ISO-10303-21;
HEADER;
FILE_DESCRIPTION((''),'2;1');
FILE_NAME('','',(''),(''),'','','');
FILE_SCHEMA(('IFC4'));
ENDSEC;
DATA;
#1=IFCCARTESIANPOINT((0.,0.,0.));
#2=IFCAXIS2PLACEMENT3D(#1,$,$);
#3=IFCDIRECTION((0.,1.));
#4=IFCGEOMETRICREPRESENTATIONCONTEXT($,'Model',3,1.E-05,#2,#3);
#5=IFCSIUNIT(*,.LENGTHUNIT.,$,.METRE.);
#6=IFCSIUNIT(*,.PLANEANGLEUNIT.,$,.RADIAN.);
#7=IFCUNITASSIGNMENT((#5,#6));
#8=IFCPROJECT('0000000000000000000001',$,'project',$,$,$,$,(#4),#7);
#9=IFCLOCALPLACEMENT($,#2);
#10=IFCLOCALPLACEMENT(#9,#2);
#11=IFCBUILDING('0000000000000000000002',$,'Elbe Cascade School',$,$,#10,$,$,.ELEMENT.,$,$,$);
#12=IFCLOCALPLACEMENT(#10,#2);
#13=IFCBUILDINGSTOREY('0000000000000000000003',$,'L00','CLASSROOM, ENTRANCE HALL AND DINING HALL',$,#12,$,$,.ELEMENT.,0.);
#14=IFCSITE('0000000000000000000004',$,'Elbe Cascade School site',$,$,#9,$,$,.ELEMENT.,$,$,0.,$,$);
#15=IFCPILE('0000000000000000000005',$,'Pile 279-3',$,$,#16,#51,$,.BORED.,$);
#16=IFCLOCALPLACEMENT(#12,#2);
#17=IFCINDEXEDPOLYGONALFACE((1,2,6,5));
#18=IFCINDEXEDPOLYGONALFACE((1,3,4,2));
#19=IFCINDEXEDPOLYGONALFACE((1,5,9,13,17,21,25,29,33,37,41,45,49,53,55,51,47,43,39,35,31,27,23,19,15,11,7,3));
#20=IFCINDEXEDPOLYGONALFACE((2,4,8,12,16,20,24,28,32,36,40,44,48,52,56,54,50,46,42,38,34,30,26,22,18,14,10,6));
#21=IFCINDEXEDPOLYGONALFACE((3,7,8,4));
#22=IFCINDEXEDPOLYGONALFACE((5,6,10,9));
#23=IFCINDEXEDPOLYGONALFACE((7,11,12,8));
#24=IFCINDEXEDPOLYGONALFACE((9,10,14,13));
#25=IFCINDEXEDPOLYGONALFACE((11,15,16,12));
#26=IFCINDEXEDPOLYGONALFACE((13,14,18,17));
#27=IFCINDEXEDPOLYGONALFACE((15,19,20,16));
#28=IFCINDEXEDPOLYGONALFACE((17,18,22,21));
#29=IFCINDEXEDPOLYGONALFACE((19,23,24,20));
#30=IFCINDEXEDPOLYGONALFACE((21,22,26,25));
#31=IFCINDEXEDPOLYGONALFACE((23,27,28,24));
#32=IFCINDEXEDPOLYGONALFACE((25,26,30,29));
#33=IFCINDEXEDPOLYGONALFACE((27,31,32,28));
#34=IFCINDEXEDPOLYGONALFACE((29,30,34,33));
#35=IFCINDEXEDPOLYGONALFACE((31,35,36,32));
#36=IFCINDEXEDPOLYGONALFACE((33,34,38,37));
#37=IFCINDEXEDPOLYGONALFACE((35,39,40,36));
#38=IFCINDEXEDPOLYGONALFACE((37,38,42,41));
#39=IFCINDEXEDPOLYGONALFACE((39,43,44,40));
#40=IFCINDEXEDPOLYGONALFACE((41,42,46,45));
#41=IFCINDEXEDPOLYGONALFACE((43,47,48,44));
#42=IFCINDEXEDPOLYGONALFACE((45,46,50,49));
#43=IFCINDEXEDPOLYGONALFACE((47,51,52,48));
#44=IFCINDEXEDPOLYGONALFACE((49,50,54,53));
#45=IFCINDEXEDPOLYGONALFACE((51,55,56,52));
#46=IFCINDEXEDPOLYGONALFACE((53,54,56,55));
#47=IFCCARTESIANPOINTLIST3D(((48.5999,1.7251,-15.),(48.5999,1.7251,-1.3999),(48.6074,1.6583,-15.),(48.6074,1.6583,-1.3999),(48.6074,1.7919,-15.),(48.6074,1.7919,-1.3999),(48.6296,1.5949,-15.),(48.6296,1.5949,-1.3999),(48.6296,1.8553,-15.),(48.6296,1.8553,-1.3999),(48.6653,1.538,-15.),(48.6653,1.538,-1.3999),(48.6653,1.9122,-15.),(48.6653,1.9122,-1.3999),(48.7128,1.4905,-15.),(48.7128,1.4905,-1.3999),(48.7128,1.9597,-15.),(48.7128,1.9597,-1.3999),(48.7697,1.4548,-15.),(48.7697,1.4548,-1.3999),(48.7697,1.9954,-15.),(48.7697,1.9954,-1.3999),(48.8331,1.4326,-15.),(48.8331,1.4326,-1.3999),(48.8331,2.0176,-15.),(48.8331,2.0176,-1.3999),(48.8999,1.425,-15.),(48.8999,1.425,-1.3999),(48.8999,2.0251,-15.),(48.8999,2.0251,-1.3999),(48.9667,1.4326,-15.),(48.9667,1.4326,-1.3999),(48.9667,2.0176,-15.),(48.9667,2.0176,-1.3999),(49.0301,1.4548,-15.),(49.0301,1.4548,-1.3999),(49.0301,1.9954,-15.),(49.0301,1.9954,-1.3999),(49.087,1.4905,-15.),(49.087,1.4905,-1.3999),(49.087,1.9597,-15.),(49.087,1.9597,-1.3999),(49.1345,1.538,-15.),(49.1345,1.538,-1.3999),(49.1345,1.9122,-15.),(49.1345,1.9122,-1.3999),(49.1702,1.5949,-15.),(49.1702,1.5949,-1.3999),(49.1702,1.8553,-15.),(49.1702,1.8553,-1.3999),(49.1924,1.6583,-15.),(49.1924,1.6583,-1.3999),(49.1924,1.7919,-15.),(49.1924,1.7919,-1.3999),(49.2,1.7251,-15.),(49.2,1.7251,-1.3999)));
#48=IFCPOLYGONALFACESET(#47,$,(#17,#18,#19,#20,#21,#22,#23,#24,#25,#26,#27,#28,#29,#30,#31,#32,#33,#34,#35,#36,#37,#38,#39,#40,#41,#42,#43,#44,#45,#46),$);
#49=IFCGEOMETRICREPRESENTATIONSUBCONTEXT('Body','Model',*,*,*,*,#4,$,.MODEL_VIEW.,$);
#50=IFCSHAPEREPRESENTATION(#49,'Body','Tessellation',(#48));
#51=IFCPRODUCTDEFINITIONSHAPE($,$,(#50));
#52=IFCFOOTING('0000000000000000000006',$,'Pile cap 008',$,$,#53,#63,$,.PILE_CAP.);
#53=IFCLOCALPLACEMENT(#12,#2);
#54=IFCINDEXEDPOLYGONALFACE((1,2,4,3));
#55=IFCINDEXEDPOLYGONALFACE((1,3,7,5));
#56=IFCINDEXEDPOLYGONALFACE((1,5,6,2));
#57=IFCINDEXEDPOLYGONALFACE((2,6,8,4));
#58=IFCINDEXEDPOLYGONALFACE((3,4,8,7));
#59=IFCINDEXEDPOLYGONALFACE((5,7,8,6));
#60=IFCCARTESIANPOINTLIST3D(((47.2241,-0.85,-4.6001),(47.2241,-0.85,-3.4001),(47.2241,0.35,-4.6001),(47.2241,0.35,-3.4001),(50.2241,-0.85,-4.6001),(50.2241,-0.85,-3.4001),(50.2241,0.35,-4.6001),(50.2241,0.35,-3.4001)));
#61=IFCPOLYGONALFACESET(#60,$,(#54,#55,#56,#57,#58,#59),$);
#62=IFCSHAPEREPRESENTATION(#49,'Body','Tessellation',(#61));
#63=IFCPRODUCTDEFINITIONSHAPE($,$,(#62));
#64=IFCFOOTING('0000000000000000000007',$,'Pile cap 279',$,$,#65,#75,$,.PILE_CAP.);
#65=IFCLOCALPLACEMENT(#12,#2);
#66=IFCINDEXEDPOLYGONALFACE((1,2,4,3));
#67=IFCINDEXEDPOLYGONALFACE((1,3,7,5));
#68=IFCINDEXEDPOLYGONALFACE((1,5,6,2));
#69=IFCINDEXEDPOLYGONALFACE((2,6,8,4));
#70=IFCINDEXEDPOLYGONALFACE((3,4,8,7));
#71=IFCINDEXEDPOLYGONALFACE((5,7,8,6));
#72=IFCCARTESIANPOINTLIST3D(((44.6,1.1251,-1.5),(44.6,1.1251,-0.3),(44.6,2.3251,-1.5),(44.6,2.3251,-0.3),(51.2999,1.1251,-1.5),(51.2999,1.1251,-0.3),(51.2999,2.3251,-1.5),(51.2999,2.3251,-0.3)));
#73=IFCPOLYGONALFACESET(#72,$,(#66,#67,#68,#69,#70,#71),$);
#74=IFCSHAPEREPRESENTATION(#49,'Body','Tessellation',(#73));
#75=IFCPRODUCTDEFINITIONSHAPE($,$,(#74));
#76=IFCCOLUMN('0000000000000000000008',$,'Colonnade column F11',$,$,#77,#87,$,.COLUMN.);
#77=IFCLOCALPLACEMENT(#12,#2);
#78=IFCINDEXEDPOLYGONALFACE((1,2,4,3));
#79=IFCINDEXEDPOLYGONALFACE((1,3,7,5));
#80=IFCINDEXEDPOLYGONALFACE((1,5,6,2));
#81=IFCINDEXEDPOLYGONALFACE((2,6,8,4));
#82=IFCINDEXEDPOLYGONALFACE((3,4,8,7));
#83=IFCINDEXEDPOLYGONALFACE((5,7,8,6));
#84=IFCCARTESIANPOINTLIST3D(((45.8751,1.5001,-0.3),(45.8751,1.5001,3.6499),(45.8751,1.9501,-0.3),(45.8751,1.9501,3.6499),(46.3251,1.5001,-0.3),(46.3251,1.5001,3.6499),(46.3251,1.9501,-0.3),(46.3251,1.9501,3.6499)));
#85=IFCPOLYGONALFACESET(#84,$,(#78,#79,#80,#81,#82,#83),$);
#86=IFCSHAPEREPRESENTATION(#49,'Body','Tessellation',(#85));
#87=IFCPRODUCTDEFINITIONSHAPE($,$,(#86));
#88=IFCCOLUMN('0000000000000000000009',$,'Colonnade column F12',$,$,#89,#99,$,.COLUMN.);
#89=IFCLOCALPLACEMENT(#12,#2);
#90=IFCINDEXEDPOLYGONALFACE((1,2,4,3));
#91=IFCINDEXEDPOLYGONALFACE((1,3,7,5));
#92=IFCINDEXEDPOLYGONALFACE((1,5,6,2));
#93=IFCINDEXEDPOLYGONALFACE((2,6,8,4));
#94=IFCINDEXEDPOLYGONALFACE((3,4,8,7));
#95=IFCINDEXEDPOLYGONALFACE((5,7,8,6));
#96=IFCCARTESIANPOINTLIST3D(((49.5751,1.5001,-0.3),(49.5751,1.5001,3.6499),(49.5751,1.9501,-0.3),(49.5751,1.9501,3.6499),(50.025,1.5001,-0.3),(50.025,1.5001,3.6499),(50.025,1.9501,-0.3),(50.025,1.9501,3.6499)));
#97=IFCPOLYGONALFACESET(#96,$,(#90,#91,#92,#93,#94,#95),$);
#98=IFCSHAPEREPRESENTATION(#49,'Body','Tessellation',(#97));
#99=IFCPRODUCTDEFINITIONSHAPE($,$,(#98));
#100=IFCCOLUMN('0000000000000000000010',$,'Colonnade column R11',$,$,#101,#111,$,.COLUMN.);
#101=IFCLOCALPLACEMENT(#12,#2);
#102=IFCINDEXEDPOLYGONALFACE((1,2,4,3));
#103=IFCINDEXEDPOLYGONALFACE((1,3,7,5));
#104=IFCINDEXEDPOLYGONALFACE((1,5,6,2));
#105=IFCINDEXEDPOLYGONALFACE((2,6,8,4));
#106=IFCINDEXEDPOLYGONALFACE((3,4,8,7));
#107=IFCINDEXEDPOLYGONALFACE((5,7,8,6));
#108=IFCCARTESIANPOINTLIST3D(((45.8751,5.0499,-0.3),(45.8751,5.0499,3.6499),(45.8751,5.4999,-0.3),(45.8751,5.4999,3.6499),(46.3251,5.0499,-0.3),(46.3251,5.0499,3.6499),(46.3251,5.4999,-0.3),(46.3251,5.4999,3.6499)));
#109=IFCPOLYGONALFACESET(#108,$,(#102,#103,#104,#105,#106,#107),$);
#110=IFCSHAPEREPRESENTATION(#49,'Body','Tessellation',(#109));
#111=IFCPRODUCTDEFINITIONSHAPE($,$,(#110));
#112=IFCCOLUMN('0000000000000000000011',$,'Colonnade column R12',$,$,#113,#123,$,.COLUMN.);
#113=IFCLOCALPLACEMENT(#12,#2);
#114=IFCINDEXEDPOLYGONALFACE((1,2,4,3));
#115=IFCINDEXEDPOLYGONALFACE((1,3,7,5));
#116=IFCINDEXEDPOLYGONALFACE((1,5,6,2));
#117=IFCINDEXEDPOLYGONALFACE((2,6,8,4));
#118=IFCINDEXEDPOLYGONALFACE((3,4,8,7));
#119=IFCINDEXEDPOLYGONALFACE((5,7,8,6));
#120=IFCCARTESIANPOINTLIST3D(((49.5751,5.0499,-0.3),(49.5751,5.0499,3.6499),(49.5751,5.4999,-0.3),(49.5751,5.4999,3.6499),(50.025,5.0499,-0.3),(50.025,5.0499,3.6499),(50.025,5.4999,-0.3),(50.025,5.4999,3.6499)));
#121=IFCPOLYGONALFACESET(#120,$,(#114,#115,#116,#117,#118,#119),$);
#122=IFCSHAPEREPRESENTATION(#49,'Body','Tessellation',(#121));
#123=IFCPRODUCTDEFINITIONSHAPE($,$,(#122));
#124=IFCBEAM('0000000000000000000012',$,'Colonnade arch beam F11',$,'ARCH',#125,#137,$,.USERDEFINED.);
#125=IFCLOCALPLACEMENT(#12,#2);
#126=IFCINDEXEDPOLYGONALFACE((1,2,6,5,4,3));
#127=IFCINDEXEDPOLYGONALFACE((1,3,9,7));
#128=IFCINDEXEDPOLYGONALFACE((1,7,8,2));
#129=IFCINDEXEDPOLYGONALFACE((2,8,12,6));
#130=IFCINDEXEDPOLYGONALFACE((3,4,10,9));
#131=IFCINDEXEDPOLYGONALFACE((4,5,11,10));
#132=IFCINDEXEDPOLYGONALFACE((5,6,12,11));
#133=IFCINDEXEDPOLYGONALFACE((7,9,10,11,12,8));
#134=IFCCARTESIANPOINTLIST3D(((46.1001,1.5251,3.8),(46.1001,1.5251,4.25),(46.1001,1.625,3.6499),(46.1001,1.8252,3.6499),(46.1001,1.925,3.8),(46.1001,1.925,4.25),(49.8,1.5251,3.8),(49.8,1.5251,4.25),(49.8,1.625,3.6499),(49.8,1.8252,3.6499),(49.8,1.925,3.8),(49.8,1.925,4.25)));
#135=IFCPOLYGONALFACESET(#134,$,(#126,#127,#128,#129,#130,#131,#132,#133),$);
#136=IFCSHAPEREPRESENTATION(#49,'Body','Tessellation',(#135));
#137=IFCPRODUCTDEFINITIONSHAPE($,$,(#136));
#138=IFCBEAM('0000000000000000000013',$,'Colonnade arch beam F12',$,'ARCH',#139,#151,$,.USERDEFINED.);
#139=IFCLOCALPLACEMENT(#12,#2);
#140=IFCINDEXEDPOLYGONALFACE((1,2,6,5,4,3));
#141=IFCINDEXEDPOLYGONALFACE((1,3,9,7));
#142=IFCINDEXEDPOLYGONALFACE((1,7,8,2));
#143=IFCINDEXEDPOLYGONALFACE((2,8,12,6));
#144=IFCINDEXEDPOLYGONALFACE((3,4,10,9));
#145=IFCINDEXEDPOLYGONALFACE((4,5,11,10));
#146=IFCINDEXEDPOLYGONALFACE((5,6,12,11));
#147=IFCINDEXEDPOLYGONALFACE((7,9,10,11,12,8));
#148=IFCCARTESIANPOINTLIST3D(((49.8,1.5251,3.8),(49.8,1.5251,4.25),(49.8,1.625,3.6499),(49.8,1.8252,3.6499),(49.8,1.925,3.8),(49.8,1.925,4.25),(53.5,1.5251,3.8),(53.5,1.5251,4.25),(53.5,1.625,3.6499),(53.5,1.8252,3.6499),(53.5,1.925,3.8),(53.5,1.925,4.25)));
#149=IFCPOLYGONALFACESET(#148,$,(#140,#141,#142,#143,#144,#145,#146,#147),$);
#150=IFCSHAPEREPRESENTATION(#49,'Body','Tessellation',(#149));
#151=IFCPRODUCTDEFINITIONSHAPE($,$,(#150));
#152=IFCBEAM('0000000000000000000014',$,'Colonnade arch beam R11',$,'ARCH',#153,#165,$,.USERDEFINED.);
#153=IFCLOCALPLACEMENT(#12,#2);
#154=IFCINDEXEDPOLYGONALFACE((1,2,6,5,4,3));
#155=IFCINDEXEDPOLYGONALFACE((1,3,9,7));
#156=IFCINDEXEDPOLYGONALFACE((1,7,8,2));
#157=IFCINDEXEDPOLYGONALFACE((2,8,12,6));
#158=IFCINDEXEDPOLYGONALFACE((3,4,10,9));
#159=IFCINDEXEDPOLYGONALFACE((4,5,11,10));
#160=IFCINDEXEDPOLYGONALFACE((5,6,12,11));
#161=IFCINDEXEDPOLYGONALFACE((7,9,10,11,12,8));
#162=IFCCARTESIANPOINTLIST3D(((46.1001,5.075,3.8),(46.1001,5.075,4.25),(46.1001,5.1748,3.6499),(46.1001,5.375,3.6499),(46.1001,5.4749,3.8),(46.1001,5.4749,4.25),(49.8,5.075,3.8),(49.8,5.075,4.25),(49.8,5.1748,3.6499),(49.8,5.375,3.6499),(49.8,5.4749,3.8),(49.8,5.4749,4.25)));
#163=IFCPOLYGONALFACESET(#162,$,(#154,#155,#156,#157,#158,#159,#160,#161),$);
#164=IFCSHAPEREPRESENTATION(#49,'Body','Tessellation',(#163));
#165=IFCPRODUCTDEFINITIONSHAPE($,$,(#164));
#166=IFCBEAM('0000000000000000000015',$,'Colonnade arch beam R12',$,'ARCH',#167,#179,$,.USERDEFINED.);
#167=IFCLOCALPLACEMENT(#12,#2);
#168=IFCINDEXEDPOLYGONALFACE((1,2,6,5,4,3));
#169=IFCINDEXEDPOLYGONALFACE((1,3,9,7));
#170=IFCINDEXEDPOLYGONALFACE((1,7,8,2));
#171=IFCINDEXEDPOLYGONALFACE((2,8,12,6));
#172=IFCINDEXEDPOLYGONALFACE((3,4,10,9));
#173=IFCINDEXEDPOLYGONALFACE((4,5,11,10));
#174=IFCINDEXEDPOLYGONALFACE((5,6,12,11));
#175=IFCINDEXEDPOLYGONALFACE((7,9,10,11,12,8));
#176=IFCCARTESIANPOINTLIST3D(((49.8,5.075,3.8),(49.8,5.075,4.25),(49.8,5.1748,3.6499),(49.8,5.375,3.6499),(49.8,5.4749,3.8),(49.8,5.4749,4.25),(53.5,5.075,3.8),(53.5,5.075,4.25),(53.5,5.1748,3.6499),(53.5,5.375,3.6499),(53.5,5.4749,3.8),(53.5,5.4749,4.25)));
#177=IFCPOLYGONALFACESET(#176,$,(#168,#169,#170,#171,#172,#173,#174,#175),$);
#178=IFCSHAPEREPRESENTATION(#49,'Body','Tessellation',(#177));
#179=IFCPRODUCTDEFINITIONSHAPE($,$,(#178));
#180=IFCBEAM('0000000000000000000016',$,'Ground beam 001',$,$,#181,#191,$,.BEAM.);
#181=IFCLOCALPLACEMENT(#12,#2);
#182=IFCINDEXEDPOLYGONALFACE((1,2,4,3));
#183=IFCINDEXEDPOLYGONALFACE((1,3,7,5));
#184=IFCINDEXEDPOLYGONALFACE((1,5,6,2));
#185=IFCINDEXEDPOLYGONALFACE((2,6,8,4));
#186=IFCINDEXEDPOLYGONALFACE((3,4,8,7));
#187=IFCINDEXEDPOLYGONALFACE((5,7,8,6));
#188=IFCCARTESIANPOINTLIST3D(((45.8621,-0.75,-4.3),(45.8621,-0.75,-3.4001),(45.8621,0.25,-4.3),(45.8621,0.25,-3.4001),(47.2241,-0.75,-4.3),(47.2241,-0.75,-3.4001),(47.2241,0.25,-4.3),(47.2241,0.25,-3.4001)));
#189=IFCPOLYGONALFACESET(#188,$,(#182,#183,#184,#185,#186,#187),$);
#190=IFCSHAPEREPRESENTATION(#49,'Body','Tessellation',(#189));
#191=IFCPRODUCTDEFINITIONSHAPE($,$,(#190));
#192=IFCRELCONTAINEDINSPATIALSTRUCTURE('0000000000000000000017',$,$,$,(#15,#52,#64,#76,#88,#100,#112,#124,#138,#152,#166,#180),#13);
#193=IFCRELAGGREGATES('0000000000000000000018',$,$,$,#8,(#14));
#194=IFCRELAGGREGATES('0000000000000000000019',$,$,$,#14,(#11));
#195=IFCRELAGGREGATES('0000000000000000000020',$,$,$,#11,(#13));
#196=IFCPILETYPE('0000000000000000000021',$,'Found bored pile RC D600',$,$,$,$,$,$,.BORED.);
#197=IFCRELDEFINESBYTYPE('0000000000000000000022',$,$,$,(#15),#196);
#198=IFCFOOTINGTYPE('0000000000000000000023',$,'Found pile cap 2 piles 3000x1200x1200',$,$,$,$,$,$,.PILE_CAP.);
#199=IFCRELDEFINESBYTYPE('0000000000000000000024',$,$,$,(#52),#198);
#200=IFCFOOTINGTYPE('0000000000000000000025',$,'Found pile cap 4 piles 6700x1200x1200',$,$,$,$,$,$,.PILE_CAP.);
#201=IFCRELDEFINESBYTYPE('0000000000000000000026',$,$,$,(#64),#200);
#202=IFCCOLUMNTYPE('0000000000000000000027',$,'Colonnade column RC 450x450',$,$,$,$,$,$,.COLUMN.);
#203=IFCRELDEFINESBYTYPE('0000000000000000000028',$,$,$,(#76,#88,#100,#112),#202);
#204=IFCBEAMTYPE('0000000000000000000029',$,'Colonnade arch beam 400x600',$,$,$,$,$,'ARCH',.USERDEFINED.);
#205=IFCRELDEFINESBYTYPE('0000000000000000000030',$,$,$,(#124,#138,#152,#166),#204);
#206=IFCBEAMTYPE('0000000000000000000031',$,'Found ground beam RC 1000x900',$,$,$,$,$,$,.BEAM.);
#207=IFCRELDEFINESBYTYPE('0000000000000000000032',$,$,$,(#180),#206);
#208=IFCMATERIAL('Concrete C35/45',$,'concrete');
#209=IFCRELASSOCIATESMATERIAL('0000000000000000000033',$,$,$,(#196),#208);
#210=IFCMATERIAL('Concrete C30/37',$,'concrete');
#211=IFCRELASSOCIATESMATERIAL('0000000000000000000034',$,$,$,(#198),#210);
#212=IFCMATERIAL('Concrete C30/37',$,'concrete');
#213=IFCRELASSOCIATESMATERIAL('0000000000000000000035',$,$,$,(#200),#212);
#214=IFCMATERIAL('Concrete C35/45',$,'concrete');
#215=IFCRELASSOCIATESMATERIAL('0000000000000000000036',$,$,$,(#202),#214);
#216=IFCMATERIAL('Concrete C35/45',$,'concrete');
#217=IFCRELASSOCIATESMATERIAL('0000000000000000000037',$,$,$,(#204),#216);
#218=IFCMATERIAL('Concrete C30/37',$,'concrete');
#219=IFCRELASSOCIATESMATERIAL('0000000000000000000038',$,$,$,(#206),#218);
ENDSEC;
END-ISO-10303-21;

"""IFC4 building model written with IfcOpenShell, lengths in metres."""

from ifc_helpers import new_model, si_unit, direction, frame, origin, origin_2d, place, context, subcontext, project, spatial, polyline, rectangle, circle, outline, extrude, material, material_profile, profile_set, type_object, element, save


model = new_model("IFC4")

# Units and contexts
model_context = context("Model", 3, precision=1e-05, world=origin(), true_north=direction((0.0, 1.0)))
body_context = subcontext(model_context, "Body", "Model", "MODEL_VIEW")
ifc_project = project(units=[si_unit("LENGTHUNIT", "METRE"), si_unit("PLANEANGLEUNIT", "RADIAN")], contexts=[model_context])

# Site, building, storey
site_placement = place(None, origin())
site = spatial("IfcSite", under=ifc_project, at=site_placement, Name="Elbe Cascade School site", CompositionType="ELEMENT", RefElevation=0.0)
building_placement = place(site_placement, origin())
building = spatial("IfcBuilding", under=site, at=building_placement, Name="Elbe Cascade School", CompositionType="ELEMENT")
storey_placement = place(building_placement, origin())
storey = spatial("IfcBuildingStorey", under=building, at=storey_placement, Name="L00", Description="CLASSROOM, ENTRANCE HALL AND DINING HALL", CompositionType="ELEMENT", Elevation=0.0)

# Pile
ifc_material_1 = material(Name="Concrete C35/45", Category="concrete")
ifc_material_profile_1 = material_profile(ifc_material_1, circle(Radius=0.3, at=origin_2d()), Name="RC D600")
ifc_profile_set_1 = profile_set([ifc_material_profile_1], Name="Concrete C35/45")
pile_type = type_object("IfcPileType", Name="Found bored pile RC D600", PredefinedType="BORED", material=ifc_profile_set_1)
for number, where, z_axis, x_axis, name in (
    (1, (48.8999, 1.7251, -1.3999), (0.0, 0.0, -1.0), (1.0, 0.0, 0.0), "Pile 279-3"),
):
    element("IfcPile", number, at=place(storey_placement, frame(where, z_axis=z_axis, x_axis=x_axis)), inside=storey, type_object=pile_type, Name=name, PredefinedType="BORED", context=body_context, shape_type="SweptSolid", body=[
        extrude(circle(Radius=0.3, at=origin_2d()), origin(), (0.0, 0.0, 1.0), 13.6001),
    ])

# Footings
ifc_material_2 = material(Name="Concrete C30/37", Category="concrete")
footing_type_1 = type_object("IfcFootingType", Name="Found pile cap 2 piles 3000x1200x1200", PredefinedType="PILE_CAP", material=ifc_material_2)
footing_1_placement = place(storey_placement, frame((48.7241, -0.25, -4.6001), z_axis=(0.0, 0.0, 1.0), x_axis=(1.0, 0.0, 0.0)))
element("IfcFooting", 2, at=footing_1_placement, inside=storey, type_object=footing_type_1, Name="Pile cap 008", PredefinedType="PILE_CAP", context=body_context, shape_type="SweptSolid", body=[
    extrude(rectangle(XDim=3.0, YDim=1.2, at=origin_2d()), origin(), (0.0, 0.0, 1.0), 1.2),
])
ifc_material_3 = material(Name="Concrete C30/37", Category="concrete")
footing_type_2 = type_object("IfcFootingType", Name="Found pile cap 4 piles 6700x1200x1200", PredefinedType="PILE_CAP", material=ifc_material_3)
footing_2_placement = place(storey_placement, frame((47.95, 1.7251, -1.5), z_axis=(0.0, 0.0, 1.0), x_axis=(1.0, 0.0, 0.0)))
element("IfcFooting", 3, at=footing_2_placement, inside=storey, type_object=footing_type_2, Name="Pile cap 279", PredefinedType="PILE_CAP", context=body_context, shape_type="SweptSolid", body=[
    extrude(rectangle(XDim=6.7, YDim=1.2, at=origin_2d()), origin(), (0.0, 0.0, 1.0), 1.2),
])

# Columns
ifc_material_4 = material(Name="Concrete C35/45", Category="concrete")
ifc_material_profile_2 = material_profile(ifc_material_4, rectangle(XDim=0.45, YDim=0.45, at=origin_2d()), Name="RC 450x450")
ifc_profile_set_2 = profile_set([ifc_material_profile_2], Name="Concrete C35/45")
column_type = type_object("IfcColumnType", Name="Colonnade column RC 450x450", PredefinedType="COLUMN", material=ifc_profile_set_2)
for number, where, z_axis, x_axis, name in (
    (4, (46.1001, 1.7251, -0.3), (0.0, 0.0, 1.0), (1.0, 0.0, 0.0), "Colonnade column F11"),
    (5, (49.8, 1.7251, -0.3), (0.0, 0.0, 1.0), (1.0, 0.0, 0.0), "Colonnade column F12"),
    (6, (46.1001, 5.2749, -0.3), (0.0, 0.0, 1.0), (1.0, 0.0, 0.0), "Colonnade column R11"),
    (7, (49.8, 5.2749, -0.3), (0.0, 0.0, 1.0), (1.0, 0.0, 0.0), "Colonnade column R12"),
):
    element("IfcColumn", number, at=place(storey_placement, frame(where, z_axis=z_axis, x_axis=x_axis)), inside=storey, type_object=column_type, Name=name, PredefinedType="COLUMN", context=body_context, shape_type="SweptSolid", body=[
        extrude(rectangle(XDim=0.45, YDim=0.45, at=origin_2d()), origin(), (0.0, 0.0, 1.0), 3.95),
    ])

# Beams
ifc_material_5 = material(Name="Concrete C35/45", Category="concrete")
ifc_material_profile_3 = material_profile(ifc_material_5, outline(polyline([(-0.2, 0.3), (0.2, 0.3), (0.2, -0.1499), (0.1001, -0.3), (-0.1001, -0.3), (-0.2, -0.1499), (-0.2, 0.3)])), Name="RC arch 400x600")
ifc_profile_set_3 = profile_set([ifc_material_profile_3], Name="Concrete C35/45")
beam_type_1 = type_object("IfcBeamType", Name="Colonnade arch beam 400x600", ElementType="ARCH", PredefinedType="USERDEFINED", material=ifc_profile_set_3)
for number, where, z_axis, x_axis, name in (
    (8, (46.1001, 1.7251, 3.95), (1.0, 0.0, 0.0), (0.0, 1.0, 0.0), "Colonnade arch beam F11"),
    (9, (49.8, 1.7251, 3.95), (1.0, 0.0, 0.0), (0.0, 1.0, 0.0), "Colonnade arch beam F12"),
    (10, (46.1001, 5.2749, 3.95), (1.0, 0.0, 0.0), (0.0, 1.0, 0.0), "Colonnade arch beam R11"),
    (11, (49.8, 5.2749, 3.95), (1.0, 0.0, 0.0), (0.0, 1.0, 0.0), "Colonnade arch beam R12"),
):
    element("IfcBeam", number, at=place(storey_placement, frame(where, z_axis=z_axis, x_axis=x_axis)), inside=storey, type_object=beam_type_1, Name=name, ObjectType="ARCH", PredefinedType="USERDEFINED", context=body_context, shape_type="SweptSolid", body=[
        extrude(outline(polyline([(-0.2, 0.3), (0.2, 0.3), (0.2, -0.1499), (0.1001, -0.3), (-0.1001, -0.3), (-0.2, -0.1499), (-0.2, 0.3)])), origin(), (0.0, 0.0, 1.0), 3.7),
    ])
ifc_material_6 = material(Name="Concrete C30/37", Category="concrete")
ifc_material_profile_4 = material_profile(ifc_material_6, rectangle(XDim=1.0, YDim=0.8999, at=origin_2d()), Name="RC 1000x900")
ifc_profile_set_4 = profile_set([ifc_material_profile_4], Name="Concrete C30/37")
beam_type_2 = type_object("IfcBeamType", Name="Found ground beam RC 1000x900", PredefinedType="BEAM", material=ifc_profile_set_4)
beam_placement = place(storey_placement, frame((45.8621, -0.25, -3.8501), z_axis=(1.0, 0.0, 0.0), x_axis=(0.0, 1.0, 0.0)))
element("IfcBeam", 12, at=beam_placement, inside=storey, type_object=beam_type_2, Name="Ground beam 001", PredefinedType="BEAM", context=body_context, shape_type="SweptSolid", body=[
    extrude(rectangle(XDim=1.0, YDim=0.8999, at=origin_2d()), origin(), (0.0, 0.0, 1.0), 1.3621),
])

save(model, "model.ifc")
